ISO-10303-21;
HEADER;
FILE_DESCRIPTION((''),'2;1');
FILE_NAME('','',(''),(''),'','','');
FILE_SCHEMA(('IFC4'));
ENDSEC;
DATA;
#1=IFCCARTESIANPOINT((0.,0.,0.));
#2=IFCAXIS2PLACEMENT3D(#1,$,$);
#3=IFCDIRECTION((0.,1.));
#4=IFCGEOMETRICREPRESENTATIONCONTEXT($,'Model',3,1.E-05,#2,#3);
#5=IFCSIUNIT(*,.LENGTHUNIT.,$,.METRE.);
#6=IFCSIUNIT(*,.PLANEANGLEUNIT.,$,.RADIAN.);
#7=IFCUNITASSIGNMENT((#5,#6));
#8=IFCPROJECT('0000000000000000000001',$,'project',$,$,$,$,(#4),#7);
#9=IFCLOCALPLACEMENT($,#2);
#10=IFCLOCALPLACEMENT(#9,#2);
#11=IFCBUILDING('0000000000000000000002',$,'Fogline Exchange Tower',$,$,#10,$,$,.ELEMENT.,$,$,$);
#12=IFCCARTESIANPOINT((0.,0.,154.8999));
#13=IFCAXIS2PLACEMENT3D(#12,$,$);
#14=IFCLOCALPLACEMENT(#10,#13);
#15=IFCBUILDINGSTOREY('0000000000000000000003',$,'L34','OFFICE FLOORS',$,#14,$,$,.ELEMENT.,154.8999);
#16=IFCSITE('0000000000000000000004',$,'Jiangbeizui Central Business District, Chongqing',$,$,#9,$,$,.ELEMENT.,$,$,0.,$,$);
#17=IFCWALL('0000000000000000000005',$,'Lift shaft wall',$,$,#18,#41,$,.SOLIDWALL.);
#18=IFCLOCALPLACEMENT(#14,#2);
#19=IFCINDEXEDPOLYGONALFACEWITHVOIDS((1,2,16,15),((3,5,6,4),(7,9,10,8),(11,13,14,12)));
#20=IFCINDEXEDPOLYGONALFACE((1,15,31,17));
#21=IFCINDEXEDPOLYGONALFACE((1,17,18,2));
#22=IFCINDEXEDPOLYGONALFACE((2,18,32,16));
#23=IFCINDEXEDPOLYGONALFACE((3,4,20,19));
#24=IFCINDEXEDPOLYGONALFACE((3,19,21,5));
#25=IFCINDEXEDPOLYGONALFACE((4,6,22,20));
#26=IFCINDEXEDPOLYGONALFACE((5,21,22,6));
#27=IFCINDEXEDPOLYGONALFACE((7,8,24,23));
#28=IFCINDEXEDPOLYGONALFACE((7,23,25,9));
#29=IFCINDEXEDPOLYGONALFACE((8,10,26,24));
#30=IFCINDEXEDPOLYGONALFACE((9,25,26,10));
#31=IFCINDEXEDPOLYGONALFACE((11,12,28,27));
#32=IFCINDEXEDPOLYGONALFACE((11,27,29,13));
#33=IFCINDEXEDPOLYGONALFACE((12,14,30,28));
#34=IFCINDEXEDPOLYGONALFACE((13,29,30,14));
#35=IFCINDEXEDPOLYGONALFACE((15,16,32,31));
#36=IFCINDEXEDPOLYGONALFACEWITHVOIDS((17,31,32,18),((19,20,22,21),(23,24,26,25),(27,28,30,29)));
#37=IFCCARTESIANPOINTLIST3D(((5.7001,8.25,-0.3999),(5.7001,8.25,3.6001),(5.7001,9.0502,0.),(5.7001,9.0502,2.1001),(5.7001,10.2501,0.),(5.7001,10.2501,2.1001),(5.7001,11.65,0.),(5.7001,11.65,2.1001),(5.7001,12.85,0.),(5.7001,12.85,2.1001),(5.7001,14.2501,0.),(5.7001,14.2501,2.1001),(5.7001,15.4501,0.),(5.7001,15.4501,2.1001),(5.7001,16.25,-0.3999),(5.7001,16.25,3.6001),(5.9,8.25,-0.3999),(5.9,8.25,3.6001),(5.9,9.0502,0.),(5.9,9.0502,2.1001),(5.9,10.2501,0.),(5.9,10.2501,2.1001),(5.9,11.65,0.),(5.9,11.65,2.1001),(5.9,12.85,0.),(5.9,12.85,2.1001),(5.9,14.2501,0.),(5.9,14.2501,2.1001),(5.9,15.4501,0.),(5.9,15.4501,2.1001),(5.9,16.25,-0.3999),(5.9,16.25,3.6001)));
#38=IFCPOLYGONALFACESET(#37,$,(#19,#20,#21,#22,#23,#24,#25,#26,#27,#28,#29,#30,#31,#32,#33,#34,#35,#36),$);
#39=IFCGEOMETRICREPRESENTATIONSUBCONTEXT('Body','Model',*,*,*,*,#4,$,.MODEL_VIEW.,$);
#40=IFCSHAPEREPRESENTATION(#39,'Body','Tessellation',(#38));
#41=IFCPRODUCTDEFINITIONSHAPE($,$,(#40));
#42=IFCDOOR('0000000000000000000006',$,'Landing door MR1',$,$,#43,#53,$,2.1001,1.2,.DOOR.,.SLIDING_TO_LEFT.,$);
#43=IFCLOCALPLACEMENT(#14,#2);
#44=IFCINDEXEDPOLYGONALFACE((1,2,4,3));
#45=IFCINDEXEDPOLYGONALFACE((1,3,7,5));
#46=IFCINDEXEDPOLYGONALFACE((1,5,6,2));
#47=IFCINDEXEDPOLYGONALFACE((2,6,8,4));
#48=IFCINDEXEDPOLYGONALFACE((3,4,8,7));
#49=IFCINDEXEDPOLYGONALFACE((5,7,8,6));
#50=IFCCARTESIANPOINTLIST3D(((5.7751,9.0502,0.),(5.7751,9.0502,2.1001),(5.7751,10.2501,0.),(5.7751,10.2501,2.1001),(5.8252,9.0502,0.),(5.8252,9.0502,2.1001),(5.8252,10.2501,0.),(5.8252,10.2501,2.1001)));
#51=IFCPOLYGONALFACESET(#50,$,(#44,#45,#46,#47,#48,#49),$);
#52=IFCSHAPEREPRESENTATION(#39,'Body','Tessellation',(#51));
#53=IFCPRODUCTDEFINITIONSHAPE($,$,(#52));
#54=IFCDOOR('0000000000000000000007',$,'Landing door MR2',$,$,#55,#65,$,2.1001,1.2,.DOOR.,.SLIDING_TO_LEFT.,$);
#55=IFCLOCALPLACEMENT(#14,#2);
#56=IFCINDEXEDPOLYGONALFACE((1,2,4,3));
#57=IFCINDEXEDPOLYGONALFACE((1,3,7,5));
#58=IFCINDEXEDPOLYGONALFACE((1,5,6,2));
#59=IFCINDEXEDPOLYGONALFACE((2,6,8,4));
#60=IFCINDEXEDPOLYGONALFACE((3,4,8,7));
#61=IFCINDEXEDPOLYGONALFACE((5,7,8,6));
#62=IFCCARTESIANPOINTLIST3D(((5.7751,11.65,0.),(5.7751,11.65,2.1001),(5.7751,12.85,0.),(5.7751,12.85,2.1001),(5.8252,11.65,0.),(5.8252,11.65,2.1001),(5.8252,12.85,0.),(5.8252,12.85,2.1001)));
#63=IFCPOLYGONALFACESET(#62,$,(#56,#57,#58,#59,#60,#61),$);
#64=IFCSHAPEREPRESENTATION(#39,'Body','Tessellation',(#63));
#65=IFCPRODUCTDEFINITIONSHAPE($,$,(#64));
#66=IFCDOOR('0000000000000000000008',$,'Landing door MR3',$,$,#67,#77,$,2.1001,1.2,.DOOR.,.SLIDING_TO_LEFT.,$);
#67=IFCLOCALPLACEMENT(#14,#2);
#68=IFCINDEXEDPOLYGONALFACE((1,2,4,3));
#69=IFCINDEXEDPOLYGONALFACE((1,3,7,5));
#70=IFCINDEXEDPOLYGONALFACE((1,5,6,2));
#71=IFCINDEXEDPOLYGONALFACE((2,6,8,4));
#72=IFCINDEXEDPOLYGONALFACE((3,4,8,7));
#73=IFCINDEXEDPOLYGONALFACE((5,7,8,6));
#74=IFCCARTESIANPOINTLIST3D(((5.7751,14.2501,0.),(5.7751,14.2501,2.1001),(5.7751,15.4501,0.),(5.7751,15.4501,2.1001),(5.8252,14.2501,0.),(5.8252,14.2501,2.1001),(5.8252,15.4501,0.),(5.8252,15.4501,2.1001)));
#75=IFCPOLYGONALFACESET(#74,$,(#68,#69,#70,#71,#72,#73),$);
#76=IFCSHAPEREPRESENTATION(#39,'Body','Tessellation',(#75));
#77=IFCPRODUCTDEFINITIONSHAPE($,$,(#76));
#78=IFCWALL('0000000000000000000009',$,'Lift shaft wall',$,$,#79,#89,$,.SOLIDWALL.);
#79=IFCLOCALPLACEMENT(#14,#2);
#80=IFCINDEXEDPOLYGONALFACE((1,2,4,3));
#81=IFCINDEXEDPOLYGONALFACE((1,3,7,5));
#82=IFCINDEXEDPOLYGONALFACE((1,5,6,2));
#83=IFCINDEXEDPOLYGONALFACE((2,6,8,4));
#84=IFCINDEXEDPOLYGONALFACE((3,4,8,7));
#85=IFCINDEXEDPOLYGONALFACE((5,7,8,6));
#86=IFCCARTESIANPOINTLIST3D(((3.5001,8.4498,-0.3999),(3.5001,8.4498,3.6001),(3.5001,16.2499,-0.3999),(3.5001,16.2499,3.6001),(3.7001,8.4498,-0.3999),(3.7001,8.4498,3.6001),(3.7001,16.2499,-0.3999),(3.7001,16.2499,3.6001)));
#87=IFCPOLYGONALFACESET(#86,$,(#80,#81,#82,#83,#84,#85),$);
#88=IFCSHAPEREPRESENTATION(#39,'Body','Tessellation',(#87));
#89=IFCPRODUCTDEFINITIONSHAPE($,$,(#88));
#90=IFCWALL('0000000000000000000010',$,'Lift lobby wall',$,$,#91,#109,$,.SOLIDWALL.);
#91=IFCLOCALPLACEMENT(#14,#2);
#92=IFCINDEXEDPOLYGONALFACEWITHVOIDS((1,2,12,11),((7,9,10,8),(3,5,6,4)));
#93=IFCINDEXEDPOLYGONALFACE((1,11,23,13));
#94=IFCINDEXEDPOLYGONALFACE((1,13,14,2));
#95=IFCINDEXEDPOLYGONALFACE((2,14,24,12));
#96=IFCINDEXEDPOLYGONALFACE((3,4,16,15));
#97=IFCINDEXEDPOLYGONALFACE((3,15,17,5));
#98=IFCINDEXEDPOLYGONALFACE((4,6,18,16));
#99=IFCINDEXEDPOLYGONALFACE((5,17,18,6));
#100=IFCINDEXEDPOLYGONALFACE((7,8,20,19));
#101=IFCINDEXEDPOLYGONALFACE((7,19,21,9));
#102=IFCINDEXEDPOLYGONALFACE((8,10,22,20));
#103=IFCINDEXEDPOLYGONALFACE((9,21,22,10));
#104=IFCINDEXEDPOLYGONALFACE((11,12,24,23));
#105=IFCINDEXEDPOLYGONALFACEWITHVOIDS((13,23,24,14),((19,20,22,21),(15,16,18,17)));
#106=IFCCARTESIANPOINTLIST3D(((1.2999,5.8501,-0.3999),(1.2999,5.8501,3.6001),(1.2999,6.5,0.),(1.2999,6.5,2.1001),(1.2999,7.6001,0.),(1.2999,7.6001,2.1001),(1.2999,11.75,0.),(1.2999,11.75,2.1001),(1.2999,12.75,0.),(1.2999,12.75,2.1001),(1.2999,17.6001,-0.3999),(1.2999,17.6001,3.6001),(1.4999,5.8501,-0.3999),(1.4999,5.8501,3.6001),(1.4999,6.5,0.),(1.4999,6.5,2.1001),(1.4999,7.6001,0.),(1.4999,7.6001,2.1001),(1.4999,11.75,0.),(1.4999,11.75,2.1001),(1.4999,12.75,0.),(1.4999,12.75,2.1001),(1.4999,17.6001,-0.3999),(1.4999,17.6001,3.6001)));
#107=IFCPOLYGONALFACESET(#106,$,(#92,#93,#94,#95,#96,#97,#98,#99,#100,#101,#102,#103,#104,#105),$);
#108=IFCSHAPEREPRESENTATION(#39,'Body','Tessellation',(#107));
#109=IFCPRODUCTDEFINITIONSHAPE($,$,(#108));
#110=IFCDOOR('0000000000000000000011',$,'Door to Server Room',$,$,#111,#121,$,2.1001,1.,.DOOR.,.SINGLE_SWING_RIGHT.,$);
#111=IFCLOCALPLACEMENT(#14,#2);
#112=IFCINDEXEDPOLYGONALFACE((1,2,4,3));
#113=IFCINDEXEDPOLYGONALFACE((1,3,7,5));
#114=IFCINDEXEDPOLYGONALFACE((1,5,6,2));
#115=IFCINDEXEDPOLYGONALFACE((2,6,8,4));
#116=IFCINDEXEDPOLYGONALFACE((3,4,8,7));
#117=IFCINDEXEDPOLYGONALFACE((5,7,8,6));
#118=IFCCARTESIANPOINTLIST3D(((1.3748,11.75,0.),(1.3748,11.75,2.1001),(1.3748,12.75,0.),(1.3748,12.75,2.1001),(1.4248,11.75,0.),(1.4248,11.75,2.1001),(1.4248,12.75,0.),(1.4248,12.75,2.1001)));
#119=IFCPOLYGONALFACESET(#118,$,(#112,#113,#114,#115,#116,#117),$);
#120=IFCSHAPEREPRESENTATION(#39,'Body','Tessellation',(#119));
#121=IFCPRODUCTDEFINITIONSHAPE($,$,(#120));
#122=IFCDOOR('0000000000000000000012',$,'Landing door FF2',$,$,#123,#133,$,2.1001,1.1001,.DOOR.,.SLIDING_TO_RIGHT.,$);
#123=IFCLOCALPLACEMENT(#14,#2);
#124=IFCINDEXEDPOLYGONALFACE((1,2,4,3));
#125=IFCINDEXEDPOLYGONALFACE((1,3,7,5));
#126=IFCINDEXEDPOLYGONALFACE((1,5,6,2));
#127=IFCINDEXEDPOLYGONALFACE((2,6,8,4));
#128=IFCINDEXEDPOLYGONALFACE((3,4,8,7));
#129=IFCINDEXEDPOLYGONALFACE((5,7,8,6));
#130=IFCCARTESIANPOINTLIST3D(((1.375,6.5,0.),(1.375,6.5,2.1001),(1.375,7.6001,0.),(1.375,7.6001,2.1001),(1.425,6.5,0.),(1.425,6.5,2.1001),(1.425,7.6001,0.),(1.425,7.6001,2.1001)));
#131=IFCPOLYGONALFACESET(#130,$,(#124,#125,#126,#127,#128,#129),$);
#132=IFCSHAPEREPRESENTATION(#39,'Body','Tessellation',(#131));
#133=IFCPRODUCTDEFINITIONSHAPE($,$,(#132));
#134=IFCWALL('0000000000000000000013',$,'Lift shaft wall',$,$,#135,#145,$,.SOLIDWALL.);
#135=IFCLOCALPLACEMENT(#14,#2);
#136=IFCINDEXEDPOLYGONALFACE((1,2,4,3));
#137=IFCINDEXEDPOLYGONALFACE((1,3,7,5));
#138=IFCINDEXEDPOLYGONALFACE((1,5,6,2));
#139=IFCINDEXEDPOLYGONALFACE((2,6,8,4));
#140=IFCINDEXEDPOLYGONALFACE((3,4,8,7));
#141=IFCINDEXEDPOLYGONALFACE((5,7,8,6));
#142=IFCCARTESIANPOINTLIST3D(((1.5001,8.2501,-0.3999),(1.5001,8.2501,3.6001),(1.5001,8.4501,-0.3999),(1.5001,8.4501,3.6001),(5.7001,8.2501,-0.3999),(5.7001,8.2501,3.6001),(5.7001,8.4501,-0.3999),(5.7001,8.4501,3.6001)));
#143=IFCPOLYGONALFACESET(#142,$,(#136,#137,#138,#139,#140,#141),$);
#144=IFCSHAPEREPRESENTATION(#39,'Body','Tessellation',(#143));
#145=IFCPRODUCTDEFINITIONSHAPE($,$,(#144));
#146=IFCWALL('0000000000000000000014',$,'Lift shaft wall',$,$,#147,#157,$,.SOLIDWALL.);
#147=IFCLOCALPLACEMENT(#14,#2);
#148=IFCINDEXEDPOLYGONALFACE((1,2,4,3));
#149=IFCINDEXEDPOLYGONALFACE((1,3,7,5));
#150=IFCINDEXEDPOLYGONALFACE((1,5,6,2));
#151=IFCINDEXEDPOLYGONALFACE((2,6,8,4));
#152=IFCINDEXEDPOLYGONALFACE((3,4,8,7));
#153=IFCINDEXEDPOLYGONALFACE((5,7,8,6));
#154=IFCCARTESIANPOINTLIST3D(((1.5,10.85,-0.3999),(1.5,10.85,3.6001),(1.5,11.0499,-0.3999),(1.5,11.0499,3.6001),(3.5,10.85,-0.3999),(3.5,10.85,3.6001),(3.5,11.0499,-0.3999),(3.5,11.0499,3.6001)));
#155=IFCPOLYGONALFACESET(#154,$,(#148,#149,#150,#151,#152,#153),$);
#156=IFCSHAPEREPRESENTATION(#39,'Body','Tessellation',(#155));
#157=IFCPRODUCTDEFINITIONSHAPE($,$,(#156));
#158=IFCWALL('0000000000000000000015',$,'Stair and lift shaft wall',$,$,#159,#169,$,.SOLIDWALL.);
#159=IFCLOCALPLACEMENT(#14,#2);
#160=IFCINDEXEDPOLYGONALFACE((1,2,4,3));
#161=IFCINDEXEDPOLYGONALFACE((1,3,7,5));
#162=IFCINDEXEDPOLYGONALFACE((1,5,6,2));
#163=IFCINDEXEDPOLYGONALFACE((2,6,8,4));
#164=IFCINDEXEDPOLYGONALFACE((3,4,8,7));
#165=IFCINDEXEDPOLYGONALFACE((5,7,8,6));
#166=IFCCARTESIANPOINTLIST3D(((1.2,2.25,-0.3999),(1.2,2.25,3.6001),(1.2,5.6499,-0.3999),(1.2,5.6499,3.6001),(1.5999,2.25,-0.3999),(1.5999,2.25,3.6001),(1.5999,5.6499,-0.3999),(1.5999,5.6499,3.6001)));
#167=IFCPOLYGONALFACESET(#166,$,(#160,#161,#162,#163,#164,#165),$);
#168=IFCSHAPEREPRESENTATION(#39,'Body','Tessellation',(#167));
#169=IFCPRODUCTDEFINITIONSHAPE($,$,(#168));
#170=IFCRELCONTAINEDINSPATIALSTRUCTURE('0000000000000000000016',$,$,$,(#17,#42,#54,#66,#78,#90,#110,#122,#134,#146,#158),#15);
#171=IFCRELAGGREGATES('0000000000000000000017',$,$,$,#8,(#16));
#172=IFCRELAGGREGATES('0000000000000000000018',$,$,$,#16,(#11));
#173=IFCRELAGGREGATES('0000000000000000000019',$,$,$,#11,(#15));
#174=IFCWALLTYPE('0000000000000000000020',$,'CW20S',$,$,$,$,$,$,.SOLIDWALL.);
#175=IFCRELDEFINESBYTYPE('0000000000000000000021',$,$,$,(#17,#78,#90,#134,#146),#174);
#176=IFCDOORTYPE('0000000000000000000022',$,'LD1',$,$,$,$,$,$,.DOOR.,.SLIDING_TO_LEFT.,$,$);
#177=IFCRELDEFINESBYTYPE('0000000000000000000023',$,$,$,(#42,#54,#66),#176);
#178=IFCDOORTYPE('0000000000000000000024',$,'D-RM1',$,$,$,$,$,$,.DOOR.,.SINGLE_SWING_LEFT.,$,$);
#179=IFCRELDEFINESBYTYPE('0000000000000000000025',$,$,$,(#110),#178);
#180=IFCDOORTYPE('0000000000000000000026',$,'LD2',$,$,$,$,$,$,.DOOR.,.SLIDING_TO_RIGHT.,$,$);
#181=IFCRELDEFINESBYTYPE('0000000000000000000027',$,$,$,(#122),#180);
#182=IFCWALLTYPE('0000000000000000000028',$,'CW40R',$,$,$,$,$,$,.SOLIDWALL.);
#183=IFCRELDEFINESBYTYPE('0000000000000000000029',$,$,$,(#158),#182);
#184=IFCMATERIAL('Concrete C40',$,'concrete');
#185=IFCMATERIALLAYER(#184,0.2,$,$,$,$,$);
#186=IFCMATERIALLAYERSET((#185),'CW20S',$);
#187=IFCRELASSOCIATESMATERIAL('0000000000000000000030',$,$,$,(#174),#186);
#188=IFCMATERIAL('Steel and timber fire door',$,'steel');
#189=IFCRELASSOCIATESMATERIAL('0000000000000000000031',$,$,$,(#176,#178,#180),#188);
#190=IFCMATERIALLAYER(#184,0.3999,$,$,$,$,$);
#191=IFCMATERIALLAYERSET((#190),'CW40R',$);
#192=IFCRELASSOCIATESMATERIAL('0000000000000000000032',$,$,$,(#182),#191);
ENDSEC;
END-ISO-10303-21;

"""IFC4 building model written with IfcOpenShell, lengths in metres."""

from ifc_helpers import new_model, si_unit, direction, frame, frame_2d, origin, place, context, subcontext, project, spatial, rectangle, extrude, material, layer, layer_set, type_object, element, fill, save


model = new_model("IFC4")

# Units and contexts
model_context = context("Model", 3, precision=1e-05, world=origin(), true_north=direction((0.0, 1.0)))
body_context = subcontext(model_context, "Body", "Model", "MODEL_VIEW")
ifc_project = project(units=[si_unit("LENGTHUNIT", "METRE"), si_unit("PLANEANGLEUNIT", "RADIAN")], contexts=[model_context])

# Site, building, storey
site_placement = place(None, origin())
site = spatial("IfcSite", under=ifc_project, at=site_placement, Name="Jiangbeizui Central Business District, Chongqing", CompositionType="ELEMENT", RefElevation=0.0)
building_placement = place(site_placement, origin())
building = spatial("IfcBuilding", under=site, at=building_placement, Name="Fogline Exchange Tower", CompositionType="ELEMENT")
storey_placement = place(building_placement, frame((0.0, 0.0, 154.8999)))
storey = spatial("IfcBuildingStorey", under=building, at=storey_placement, Name="L34", Description="OFFICE FLOORS", CompositionType="ELEMENT", Elevation=154.8999)

# Shared definitions
ifc_material_1 = material(Name="Concrete C40", Category="concrete")

# Shared definitions
ifc_material_2 = material(Name="Steel and timber fire door", Category="steel")

# Wall, openings, doors
ifc_layer_1 = layer(ifc_material_1, 0.2)
ifc_layer_set_1 = layer_set([ifc_layer_1], Name="CW20S")
wall_type_1 = type_object("IfcWallType", Name="CW20S", PredefinedType="SOLIDWALL", material=ifc_layer_set_1)
wall_1_placement = place(storey_placement, frame((5.8, 8.25, -0.3999), z_axis=(0.0, 0.0, 1.0), x_axis=(0.0, 1.0, 0.0)))
wall_1 = element("IfcWall", 1, at=wall_1_placement, inside=storey, type_object=wall_type_1, Name="Lift shaft wall", PredefinedType="SOLIDWALL", context=body_context, shape_type="SweptSolid", body=[
    extrude(rectangle(XDim=8.0, YDim=0.2, at=frame_2d((4.0, 0.0))), origin(), (0.0, 0.0, 1.0), 4.0),
])
opening_1_placement = place(wall_1_placement, frame((0.8, 0.0, 0.3999)))
opening_1 = element("IfcOpeningElement", 2, at=opening_1_placement, cuts=wall_1, PredefinedType="OPENING", context=body_context, shape_type="SweptSolid", body=[
    extrude(rectangle(XDim=1.2, YDim=2.1001, at=frame_2d((0.6001, 1.05))), frame((0.0, 0.1099, 0.0), z_axis=(0.0, -1.0, 0.0), x_axis=(1.0, 0.0, 0.0)), (0.0, 0.0, 1.0), 0.22),
])
opening_2_placement = place(wall_1_placement, frame((3.3999, 0.0, 0.3999)))
opening_2 = element("IfcOpeningElement", 3, at=opening_2_placement, cuts=wall_1, PredefinedType="OPENING", context=body_context, shape_type="SweptSolid", body=[
    extrude(rectangle(XDim=1.2, YDim=2.1001, at=frame_2d((0.6001, 1.05))), frame((0.0, 0.1099, 0.0), z_axis=(0.0, -1.0, 0.0), x_axis=(1.0, 0.0, 0.0)), (0.0, 0.0, 1.0), 0.22),
])
opening_3_placement = place(wall_1_placement, frame((6.0, 0.0, 0.3999)))
opening_3 = element("IfcOpeningElement", 4, at=opening_3_placement, cuts=wall_1, PredefinedType="OPENING", context=body_context, shape_type="SweptSolid", body=[
    extrude(rectangle(XDim=1.2, YDim=2.1001, at=frame_2d((0.6001, 1.05))), frame((0.0, 0.1099, 0.0), z_axis=(0.0, -1.0, 0.0), x_axis=(1.0, 0.0, 0.0)), (0.0, 0.0, 1.0), 0.22),
])
door_type_1 = type_object("IfcDoorType", Name="LD1", OperationType="SLIDING_TO_LEFT", PredefinedType="DOOR", material=ifc_material_2)
door_1_placement = place(opening_1_placement, origin())
door_1 = element("IfcDoor", 5, at=door_1_placement, inside=storey, type_object=door_type_1, Name="Landing door MR1", OperationType="SLIDING_TO_LEFT", OverallHeight=2.1001, OverallWidth=1.2, PredefinedType="DOOR", context=body_context, shape_type="SweptSolid", body=[
    extrude(rectangle(XDim=1.2, YDim=2.1001, at=frame_2d((0.6001, 1.05))), frame((0.0, 0.0249, 0.0), z_axis=(0.0, -1.0, 0.0), x_axis=(1.0, 0.0, 0.0)), (0.0, 0.0, 1.0), 0.05),
])
fill(opening_1, door_1)
door_2_placement = place(opening_2_placement, origin())
door_2 = element("IfcDoor", 6, at=door_2_placement, inside=storey, type_object=door_type_1, Name="Landing door MR2", OperationType="SLIDING_TO_LEFT", OverallHeight=2.1001, OverallWidth=1.2, PredefinedType="DOOR", context=body_context, shape_type="SweptSolid", body=[
    extrude(rectangle(XDim=1.2, YDim=2.1001, at=frame_2d((0.6001, 1.05))), frame((0.0, 0.0249, 0.0), z_axis=(0.0, -1.0, 0.0), x_axis=(1.0, 0.0, 0.0)), (0.0, 0.0, 1.0), 0.05),
])
fill(opening_2, door_2)
door_3_placement = place(opening_3_placement, origin())
door_3 = element("IfcDoor", 7, at=door_3_placement, inside=storey, type_object=door_type_1, Name="Landing door MR3", OperationType="SLIDING_TO_LEFT", OverallHeight=2.1001, OverallWidth=1.2, PredefinedType="DOOR", context=body_context, shape_type="SweptSolid", body=[
    extrude(rectangle(XDim=1.2, YDim=2.1001, at=frame_2d((0.6001, 1.05))), frame((0.0, 0.0249, 0.0), z_axis=(0.0, -1.0, 0.0), x_axis=(1.0, 0.0, 0.0)), (0.0, 0.0, 1.0), 0.05),
])
fill(opening_3, door_3)

# Wall
wall_2_placement = place(storey_placement, frame((3.6001, 8.45, -0.3999), z_axis=(0.0, 0.0, 1.0), x_axis=(0.0, 1.0, 0.0)))
element("IfcWall", 8, at=wall_2_placement, inside=storey, type_object=wall_type_1, Name="Lift shaft wall", PredefinedType="SOLIDWALL", context=body_context, shape_type="SweptSolid", body=[
    extrude(rectangle(XDim=7.8, YDim=0.2, at=frame_2d((3.8999, 0.0))), origin(), (0.0, 0.0, 1.0), 4.0),
])

# Wall, openings, doors
wall_3_placement = place(storey_placement, frame((1.3999, 5.8501, -0.3999), z_axis=(0.0, 0.0, 1.0), x_axis=(0.0, 1.0, 0.0)))
wall_3 = element("IfcWall", 9, at=wall_3_placement, inside=storey, type_object=wall_type_1, Name="Lift lobby wall", PredefinedType="SOLIDWALL", context=body_context, shape_type="SweptSolid", body=[
    extrude(rectangle(XDim=11.75, YDim=0.2, at=frame_2d((5.875, 0.0))), origin(), (0.0, 0.0, 1.0), 4.0),
])
opening_4_placement = place(wall_3_placement, frame((0.6499, 0.0, 0.3999)))
opening_4 = element("IfcOpeningElement", 10, at=opening_4_placement, cuts=wall_3, PredefinedType="OPENING", context=body_context, shape_type="SweptSolid", body=[
    extrude(rectangle(XDim=1.1001, YDim=2.1001, at=frame_2d((0.55, 1.05))), frame((0.0, 0.1099, 0.0), z_axis=(0.0, -1.0, 0.0), x_axis=(1.0, 0.0, 0.0)), (0.0, 0.0, 1.0), 0.22),
])
opening_5_placement = place(wall_3_placement, frame((5.8999, 0.0, 0.3999)))
opening_5 = element("IfcOpeningElement", 11, at=opening_5_placement, cuts=wall_3, PredefinedType="OPENING", context=body_context, shape_type="SweptSolid", body=[
    extrude(rectangle(XDim=1.0, YDim=2.1001, at=frame_2d((0.5, 1.05))), frame((0.0, 0.1099, 0.0), z_axis=(0.0, -1.0, 0.0), x_axis=(1.0, 0.0, 0.0)), (0.0, 0.0, 1.0), 0.22),
])
door_type_2 = type_object("IfcDoorType", Name="D-RM1", OperationType="SINGLE_SWING_LEFT", PredefinedType="DOOR", material=ifc_material_2)
door_4_placement = place(opening_5_placement, frame((1.0, 0.0, 0.0), z_axis=(0.0, 0.0, 1.0), x_axis=(-1.0, 0.0, 0.0)))
door_4 = element("IfcDoor", 12, at=door_4_placement, inside=storey, type_object=door_type_2, Name="Door to Server Room", OperationType="SINGLE_SWING_RIGHT", OverallHeight=2.1001, OverallWidth=1.0, PredefinedType="DOOR", context=body_context, shape_type="SweptSolid", body=[
    extrude(rectangle(XDim=1.0, YDim=2.1001, at=frame_2d((0.5, 1.05))), frame((0.0, 0.0249, 0.0), z_axis=(0.0, -1.0, 0.0), x_axis=(1.0, 0.0, 0.0)), (0.0, 0.0, 1.0), 0.05),
])
fill(opening_5, door_4)
door_type_3 = type_object("IfcDoorType", Name="LD2", OperationType="SLIDING_TO_RIGHT", PredefinedType="DOOR", material=ifc_material_2)
door_5_placement = place(opening_4_placement, origin())
door_5 = element("IfcDoor", 13, at=door_5_placement, inside=storey, type_object=door_type_3, Name="Landing door FF2", OperationType="SLIDING_TO_RIGHT", OverallHeight=2.1001, OverallWidth=1.1001, PredefinedType="DOOR", context=body_context, shape_type="SweptSolid", body=[
    extrude(rectangle(XDim=1.1001, YDim=2.1001, at=frame_2d((0.55, 1.05))), frame((0.0, 0.0249, 0.0), z_axis=(0.0, -1.0, 0.0), x_axis=(1.0, 0.0, 0.0)), (0.0, 0.0, 1.0), 0.05),
])
fill(opening_4, door_5)

# Walls
wall_4_placement = place(storey_placement, frame((1.5, 8.3501, -0.3999), z_axis=(0.0, 0.0, 1.0), x_axis=(1.0, 0.0, 0.0)))
element("IfcWall", 14, at=wall_4_placement, inside=storey, type_object=wall_type_1, Name="Lift shaft wall", PredefinedType="SOLIDWALL", context=body_context, shape_type="SweptSolid", body=[
    extrude(rectangle(XDim=4.2, YDim=0.2, at=frame_2d((2.1001, 0.0))), origin(), (0.0, 0.0, 1.0), 4.0),
])
wall_5_placement = place(storey_placement, frame((1.5, 10.95, -0.3999), z_axis=(0.0, 0.0, 1.0), x_axis=(1.0, 0.0, 0.0)))
element("IfcWall", 15, at=wall_5_placement, inside=storey, type_object=wall_type_1, Name="Lift shaft wall", PredefinedType="SOLIDWALL", context=body_context, shape_type="SweptSolid", body=[
    extrude(rectangle(XDim=2.0, YDim=0.2, at=frame_2d((1.0, 0.0))), origin(), (0.0, 0.0, 1.0), 4.0),
])
ifc_layer_2 = layer(ifc_material_1, 0.3999)
ifc_layer_set_2 = layer_set([ifc_layer_2], Name="CW40R")
wall_type_2 = type_object("IfcWallType", Name="CW40R", PredefinedType="SOLIDWALL", material=ifc_layer_set_2)
wall_6_placement = place(storey_placement, frame((1.3999, 2.25, -0.3999), z_axis=(0.0, 0.0, 1.0), x_axis=(0.0, 1.0, 0.0)))
element("IfcWall", 16, at=wall_6_placement, inside=storey, type_object=wall_type_2, Name="Stair and lift shaft wall", PredefinedType="SOLIDWALL", context=body_context, shape_type="SweptSolid", body=[
    extrude(rectangle(XDim=3.3999, YDim=0.3999, at=frame_2d((1.7, 0.0))), origin(), (0.0, 0.0, 1.0), 4.0),
])

save(model, "model.ifc")
